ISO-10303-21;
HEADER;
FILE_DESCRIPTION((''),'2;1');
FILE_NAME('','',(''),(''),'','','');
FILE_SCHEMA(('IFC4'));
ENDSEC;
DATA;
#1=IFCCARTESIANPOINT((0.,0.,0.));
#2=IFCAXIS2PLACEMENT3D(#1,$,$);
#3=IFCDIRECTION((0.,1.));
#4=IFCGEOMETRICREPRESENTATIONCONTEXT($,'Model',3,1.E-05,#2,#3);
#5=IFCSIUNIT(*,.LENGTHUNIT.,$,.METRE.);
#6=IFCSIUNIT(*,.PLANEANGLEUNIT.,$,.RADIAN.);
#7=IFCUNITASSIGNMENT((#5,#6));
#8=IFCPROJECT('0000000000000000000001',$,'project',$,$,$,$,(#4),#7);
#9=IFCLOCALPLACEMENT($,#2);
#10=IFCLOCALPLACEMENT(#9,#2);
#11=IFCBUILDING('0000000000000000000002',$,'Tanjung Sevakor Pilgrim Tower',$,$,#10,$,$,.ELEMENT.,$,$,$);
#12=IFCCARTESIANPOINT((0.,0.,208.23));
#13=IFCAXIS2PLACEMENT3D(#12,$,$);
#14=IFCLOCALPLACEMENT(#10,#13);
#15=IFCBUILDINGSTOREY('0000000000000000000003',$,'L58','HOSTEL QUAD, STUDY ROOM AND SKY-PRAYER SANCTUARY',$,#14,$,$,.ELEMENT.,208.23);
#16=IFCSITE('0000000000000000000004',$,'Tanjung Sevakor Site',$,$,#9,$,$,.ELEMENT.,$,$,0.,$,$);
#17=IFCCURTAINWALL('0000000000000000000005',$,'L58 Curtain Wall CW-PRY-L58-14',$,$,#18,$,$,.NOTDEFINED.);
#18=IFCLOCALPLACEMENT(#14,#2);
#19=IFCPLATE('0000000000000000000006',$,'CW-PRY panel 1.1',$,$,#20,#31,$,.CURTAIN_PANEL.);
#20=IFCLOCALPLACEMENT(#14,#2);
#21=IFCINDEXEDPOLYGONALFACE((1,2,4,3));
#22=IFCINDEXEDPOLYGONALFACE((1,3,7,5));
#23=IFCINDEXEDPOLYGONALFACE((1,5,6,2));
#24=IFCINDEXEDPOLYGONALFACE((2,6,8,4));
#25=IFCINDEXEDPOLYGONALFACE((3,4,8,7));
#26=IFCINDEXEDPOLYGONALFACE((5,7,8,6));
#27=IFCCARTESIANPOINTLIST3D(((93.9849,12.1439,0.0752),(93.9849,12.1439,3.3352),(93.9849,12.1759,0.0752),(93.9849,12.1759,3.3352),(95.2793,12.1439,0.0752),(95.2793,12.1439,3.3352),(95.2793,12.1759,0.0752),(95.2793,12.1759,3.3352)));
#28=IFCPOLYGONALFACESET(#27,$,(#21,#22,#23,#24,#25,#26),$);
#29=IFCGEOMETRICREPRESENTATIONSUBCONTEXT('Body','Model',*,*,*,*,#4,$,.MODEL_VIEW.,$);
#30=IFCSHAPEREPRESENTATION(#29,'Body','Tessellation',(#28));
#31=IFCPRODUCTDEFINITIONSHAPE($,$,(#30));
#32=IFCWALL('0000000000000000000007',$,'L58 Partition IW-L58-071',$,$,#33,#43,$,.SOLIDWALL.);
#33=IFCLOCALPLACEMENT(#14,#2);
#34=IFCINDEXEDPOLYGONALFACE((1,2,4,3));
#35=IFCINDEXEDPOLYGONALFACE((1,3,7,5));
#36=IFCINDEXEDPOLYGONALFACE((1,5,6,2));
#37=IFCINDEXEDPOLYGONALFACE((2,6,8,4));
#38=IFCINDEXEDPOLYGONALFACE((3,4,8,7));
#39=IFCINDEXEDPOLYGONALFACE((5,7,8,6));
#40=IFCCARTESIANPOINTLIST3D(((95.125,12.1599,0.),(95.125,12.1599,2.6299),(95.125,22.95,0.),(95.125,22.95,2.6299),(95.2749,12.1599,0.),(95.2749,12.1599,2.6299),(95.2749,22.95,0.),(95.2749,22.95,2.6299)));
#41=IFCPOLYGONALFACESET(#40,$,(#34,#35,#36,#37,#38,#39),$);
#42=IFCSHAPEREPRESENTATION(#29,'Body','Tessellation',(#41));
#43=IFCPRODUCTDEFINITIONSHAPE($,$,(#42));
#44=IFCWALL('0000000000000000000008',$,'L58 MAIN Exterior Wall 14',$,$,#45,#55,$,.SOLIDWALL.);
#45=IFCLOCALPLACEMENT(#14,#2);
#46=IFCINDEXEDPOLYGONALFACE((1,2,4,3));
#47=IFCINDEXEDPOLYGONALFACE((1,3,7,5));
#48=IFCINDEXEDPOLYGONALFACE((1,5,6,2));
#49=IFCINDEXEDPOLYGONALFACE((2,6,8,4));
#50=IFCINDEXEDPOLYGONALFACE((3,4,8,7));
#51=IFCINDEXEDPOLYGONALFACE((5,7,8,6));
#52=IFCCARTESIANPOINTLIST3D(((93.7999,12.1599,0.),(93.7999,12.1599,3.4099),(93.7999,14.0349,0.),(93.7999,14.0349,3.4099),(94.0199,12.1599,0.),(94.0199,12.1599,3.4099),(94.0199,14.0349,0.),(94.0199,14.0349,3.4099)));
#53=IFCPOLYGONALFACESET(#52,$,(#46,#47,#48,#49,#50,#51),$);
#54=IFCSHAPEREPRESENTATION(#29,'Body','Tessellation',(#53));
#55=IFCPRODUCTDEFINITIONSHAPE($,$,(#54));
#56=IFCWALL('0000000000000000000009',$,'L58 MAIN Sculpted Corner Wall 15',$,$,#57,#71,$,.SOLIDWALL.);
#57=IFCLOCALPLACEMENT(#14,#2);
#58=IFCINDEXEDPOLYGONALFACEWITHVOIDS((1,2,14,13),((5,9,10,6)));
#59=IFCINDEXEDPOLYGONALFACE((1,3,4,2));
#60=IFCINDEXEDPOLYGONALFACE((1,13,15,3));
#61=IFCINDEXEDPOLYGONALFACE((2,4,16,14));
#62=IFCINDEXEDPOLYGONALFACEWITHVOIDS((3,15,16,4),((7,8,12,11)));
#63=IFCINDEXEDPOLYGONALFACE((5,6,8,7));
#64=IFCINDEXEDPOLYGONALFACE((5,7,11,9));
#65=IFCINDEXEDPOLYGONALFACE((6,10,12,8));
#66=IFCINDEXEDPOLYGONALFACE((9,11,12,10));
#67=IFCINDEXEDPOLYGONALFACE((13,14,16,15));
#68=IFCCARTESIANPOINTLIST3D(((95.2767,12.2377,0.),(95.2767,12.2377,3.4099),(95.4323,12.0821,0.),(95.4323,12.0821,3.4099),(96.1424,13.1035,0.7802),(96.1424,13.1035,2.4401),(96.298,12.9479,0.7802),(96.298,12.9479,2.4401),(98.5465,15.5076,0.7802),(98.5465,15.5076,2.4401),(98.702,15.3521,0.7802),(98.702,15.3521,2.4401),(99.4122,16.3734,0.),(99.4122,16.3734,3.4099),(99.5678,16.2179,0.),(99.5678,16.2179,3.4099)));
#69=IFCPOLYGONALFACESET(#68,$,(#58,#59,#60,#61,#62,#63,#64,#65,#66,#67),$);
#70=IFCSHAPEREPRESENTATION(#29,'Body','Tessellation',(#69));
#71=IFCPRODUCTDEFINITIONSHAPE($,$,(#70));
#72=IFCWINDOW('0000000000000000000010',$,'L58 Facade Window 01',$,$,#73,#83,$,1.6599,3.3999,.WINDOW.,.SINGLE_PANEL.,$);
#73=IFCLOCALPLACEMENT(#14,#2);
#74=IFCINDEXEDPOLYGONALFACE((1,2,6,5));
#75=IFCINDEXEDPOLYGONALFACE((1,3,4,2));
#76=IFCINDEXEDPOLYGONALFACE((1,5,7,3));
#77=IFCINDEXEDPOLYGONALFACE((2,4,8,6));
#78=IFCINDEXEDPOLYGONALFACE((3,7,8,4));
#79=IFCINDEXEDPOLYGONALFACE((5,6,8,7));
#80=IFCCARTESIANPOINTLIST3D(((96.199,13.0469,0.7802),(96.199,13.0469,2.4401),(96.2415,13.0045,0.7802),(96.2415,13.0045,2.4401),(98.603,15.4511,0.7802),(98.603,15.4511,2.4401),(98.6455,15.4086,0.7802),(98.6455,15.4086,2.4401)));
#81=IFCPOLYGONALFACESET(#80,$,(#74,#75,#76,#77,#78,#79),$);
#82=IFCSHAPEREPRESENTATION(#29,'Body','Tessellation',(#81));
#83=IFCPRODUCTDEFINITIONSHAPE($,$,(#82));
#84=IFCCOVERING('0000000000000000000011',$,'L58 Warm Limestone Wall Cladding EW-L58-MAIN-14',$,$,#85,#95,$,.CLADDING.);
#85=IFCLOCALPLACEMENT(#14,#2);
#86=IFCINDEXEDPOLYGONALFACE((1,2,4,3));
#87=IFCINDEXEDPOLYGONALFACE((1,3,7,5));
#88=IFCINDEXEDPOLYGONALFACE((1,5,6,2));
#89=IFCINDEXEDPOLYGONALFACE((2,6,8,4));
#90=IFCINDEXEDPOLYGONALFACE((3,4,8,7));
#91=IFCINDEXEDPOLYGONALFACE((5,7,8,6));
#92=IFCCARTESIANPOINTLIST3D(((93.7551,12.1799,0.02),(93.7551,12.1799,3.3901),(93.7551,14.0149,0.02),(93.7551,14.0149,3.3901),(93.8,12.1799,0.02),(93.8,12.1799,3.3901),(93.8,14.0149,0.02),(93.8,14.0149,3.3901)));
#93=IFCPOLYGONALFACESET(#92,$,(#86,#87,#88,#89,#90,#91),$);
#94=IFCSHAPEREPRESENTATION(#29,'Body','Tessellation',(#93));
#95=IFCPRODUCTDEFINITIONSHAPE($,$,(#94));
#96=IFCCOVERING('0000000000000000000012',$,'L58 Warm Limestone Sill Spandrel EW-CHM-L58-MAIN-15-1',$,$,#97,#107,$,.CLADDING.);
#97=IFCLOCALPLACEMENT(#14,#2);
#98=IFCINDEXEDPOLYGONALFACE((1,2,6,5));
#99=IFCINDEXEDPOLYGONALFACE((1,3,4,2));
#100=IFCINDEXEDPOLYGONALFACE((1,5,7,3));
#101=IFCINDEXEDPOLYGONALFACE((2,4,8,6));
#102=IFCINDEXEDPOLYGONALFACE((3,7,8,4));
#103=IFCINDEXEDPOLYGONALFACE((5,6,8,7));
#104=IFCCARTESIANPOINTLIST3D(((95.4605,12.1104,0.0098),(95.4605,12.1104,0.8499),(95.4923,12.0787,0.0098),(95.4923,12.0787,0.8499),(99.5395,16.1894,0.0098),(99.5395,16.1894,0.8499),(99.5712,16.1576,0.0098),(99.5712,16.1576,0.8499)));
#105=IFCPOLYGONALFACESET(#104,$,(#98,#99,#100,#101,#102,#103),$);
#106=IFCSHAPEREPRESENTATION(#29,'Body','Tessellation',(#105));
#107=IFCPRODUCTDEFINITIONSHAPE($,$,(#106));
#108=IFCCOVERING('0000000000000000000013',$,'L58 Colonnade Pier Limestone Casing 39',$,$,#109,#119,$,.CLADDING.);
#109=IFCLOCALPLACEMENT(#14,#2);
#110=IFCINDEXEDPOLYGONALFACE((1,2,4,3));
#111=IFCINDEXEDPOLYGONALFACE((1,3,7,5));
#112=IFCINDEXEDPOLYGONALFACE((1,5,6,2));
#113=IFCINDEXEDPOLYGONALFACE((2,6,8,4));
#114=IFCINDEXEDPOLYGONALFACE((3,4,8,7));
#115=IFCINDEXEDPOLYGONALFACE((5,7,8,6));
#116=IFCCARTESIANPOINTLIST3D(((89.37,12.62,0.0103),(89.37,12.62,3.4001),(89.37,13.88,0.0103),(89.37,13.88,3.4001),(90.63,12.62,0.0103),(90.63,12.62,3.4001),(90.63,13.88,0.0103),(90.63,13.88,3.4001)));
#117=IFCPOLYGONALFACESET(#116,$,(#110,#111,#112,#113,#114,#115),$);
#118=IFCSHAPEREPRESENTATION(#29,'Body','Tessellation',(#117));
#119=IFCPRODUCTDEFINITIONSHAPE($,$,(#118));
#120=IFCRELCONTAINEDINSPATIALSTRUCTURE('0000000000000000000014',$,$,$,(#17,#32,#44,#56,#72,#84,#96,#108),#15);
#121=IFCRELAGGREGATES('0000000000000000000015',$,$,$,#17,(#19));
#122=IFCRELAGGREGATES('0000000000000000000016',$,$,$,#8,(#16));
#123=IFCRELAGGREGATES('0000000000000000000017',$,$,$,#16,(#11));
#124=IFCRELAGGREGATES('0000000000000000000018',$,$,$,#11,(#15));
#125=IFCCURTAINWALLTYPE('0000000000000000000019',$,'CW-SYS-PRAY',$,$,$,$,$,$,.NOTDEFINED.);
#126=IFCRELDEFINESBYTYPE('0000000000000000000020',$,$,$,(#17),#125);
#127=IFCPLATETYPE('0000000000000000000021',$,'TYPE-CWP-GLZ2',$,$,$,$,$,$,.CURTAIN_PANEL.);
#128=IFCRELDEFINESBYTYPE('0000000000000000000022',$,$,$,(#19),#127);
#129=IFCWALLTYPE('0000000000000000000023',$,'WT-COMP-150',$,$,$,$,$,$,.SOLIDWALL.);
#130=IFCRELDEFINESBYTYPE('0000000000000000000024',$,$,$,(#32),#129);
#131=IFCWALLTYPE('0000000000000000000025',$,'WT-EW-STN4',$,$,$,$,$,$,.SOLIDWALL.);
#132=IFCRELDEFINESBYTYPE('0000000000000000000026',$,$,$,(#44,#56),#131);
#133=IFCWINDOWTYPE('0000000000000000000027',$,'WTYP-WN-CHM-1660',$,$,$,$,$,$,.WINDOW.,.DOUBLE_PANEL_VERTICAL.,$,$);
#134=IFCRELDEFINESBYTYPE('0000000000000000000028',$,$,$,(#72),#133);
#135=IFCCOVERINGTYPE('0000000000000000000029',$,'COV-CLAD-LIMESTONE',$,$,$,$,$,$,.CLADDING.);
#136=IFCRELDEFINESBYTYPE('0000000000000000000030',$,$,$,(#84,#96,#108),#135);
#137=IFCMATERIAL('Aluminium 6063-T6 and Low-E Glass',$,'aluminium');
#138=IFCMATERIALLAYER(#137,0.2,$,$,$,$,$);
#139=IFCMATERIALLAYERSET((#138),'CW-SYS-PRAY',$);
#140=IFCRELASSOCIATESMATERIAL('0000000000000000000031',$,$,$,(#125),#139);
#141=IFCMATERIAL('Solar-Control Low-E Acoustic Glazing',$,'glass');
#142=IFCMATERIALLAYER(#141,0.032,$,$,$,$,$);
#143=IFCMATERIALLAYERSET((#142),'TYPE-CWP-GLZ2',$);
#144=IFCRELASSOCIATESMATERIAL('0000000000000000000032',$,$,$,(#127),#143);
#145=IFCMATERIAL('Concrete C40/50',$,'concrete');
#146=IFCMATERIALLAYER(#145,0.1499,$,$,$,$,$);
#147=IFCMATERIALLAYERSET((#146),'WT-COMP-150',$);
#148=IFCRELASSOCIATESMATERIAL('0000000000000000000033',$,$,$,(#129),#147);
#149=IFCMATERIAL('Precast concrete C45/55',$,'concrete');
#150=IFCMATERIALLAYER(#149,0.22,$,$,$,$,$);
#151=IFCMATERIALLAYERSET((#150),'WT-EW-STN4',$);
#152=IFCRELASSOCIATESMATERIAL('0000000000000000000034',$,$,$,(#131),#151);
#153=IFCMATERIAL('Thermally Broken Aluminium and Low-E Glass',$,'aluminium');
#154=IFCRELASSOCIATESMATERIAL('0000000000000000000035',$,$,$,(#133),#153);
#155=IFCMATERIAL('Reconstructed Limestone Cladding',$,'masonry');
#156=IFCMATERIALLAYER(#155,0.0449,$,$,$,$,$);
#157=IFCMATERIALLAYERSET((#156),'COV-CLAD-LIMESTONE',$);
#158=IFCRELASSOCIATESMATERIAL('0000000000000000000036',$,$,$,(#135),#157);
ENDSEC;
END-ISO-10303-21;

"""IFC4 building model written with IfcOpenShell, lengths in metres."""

from ifc_helpers import new_model, si_unit, direction, frame, frame_2d, origin, origin_2d, place, context, subcontext, project, spatial, rectangle, extrude, material, layer, layer_set, type_object, element, fill, aggregate, save


model = new_model("IFC4")

# Units and contexts
model_context = context("Model", 3, precision=1e-05, world=origin(), true_north=direction((0.0, 1.0)))
body_context = subcontext(model_context, "Body", "Model", "MODEL_VIEW")
ifc_project = project(units=[si_unit("LENGTHUNIT", "METRE"), si_unit("PLANEANGLEUNIT", "RADIAN")], contexts=[model_context])

# Site, building, storey
site_placement = place(None, origin())
site = spatial("IfcSite", under=ifc_project, at=site_placement, Name="Tanjung Sevakor Site", CompositionType="ELEMENT", RefElevation=0.0)
building_placement = place(site_placement, origin())
building = spatial("IfcBuilding", under=site, at=building_placement, Name="Tanjung Sevakor Pilgrim Tower", CompositionType="ELEMENT")
storey_placement = place(building_placement, frame((0.0, 0.0, 208.23)))
storey = spatial("IfcBuildingStorey", under=building, at=storey_placement, Name="L58", Description="HOSTEL QUAD, STUDY ROOM AND SKY-PRAYER SANCTUARY", CompositionType="ELEMENT", Elevation=208.23)

# Shared definitions
ifc_material_1 = material(Name="Aluminium 6063-T6 and Low-E Glass", Category="aluminium")
ifc_layer_1 = layer(ifc_material_1, 0.2)
ifc_layer_set_1 = layer_set([ifc_layer_1], Name="CW-SYS-PRAY")
curtain_wall_type = type_object("IfcCurtainWallType", Name="CW-SYS-PRAY", PredefinedType="NOTDEFINED", material=ifc_layer_set_1)

# Curtain wall
curtain_wall_1_placement = place(storey_placement, origin())
curtain_wall_1 = element("IfcCurtainWall", 1, at=curtain_wall_1_placement, inside=storey, type_object=curtain_wall_type, Name="L58 Curtain Wall CW-PRY-L58-14", PredefinedType="NOTDEFINED")

# Plate
ifc_material_2 = material(Name="Solar-Control Low-E Acoustic Glazing", Category="glass")
ifc_layer_2 = layer(ifc_material_2, 0.032)
ifc_layer_set_2 = layer_set([ifc_layer_2], Name="TYPE-CWP-GLZ2")
plate_type = type_object("IfcPlateType", Name="TYPE-CWP-GLZ2", PredefinedType="CURTAIN_PANEL", material=ifc_layer_set_2)
plate_1_placement = place(storey_placement, frame((94.6321, 12.1599, 0.0752), z_axis=(0.0, 0.0, 1.0), x_axis=(1.0, 0.0, 0.0)))
plate_1 = element("IfcPlate", 2, at=plate_1_placement, type_object=plate_type, Name="CW-PRY panel 1.1", PredefinedType="CURTAIN_PANEL", context=body_context, shape_type="SweptSolid", body=[
    extrude(rectangle(XDim=1.2944, YDim=0.032, at=origin_2d()), origin(), (0.0, 0.0, 1.0), 3.26),
])
aggregate(curtain_wall_1, [plate_1])

# Walls
ifc_material_3 = material(Name="Concrete C40/50", Category="concrete")
ifc_layer_3 = layer(ifc_material_3, 0.1499)
ifc_layer_set_3 = layer_set([ifc_layer_3], Name="WT-COMP-150")
wall_type_1 = type_object("IfcWallType", Name="WT-COMP-150", PredefinedType="SOLIDWALL", material=ifc_layer_set_3)
wall_1_placement = place(storey_placement, frame((95.2, 12.1599, 0.0), z_axis=(0.0, 0.0, 1.0), x_axis=(0.0, 1.0, 0.0)))
element("IfcWall", 3, at=wall_1_placement, inside=storey, type_object=wall_type_1, Name="L58 Partition IW-L58-071", PredefinedType="SOLIDWALL", context=body_context, shape_type="SweptSolid", body=[
    extrude(rectangle(XDim=10.79, YDim=0.1499, at=frame_2d((5.395, 0.0))), origin(), (0.0, 0.0, 1.0), 2.6299),
])
ifc_material_4 = material(Name="Precast concrete C45/55", Category="concrete")
ifc_layer_4 = layer(ifc_material_4, 0.22)
ifc_layer_set_4 = layer_set([ifc_layer_4], Name="WT-EW-STN4")
wall_type_2 = type_object("IfcWallType", Name="WT-EW-STN4", PredefinedType="SOLIDWALL", material=ifc_layer_set_4)
wall_2_placement = place(storey_placement, frame((93.9099, 14.0349, 0.0), z_axis=(0.0, 0.0, 1.0), x_axis=(0.0, -1.0, 0.0)))
element("IfcWall", 4, at=wall_2_placement, inside=storey, type_object=wall_type_2, Name="L58 MAIN Exterior Wall 14", PredefinedType="SOLIDWALL", context=body_context, shape_type="SweptSolid", body=[
    extrude(rectangle(XDim=1.875, YDim=0.22, at=frame_2d((0.9375, 0.0))), origin(), (0.0, 0.0, 1.0), 3.4099),
])

# Wall, opening, window
wall_3_placement = place(storey_placement, frame((95.3545, 12.1599, 0.0), z_axis=(0.0, 0.0, 1.0), x_axis=(0.707086, 0.707128, 0.0)))
wall_3 = element("IfcWall", 5, at=wall_3_placement, inside=storey, type_object=wall_type_2, Name="L58 MAIN Sculpted Corner Wall 15", PredefinedType="SOLIDWALL", context=body_context, shape_type="SweptSolid", body=[
    extrude(rectangle(XDim=5.8486, YDim=0.22, at=frame_2d((2.9243, 0.0))), origin(), (0.0, 0.0, 1.0), 3.4099),
])
opening_placement = place(wall_3_placement, frame((1.2244, 0.0, 0.78)))
opening = element("IfcOpeningElement", 6, at=opening_placement, cuts=wall_3, PredefinedType="OPENING", context=body_context, shape_type="SweptSolid", body=[
    extrude(rectangle(XDim=3.3999, YDim=1.6599, at=frame_2d((1.7, 0.8301))), frame((0.0, 0.1199, 0.0), z_axis=(0.0, -1.0, 0.0), x_axis=(1.0, 0.0, 0.0)), (0.0, 0.0, 1.0), 0.24),
])
ifc_material_5 = material(Name="Thermally Broken Aluminium and Low-E Glass", Category="aluminium")
window_type = type_object("IfcWindowType", Name="WTYP-WN-CHM-1660", PartitioningType="DOUBLE_PANEL_VERTICAL", PredefinedType="WINDOW", material=ifc_material_5)
window_placement = place(opening_placement, origin())
window = element("IfcWindow", 7, at=window_placement, inside=storey, type_object=window_type, Name="L58 Facade Window 01", OverallHeight=1.6599, OverallWidth=3.3999, PartitioningType="SINGLE_PANEL", PredefinedType="WINDOW", context=body_context, shape_type="SweptSolid", body=[
    extrude(rectangle(XDim=3.3999, YDim=1.6599, at=frame_2d((1.7, 0.8301))), frame((0.0, 0.03, 0.0), z_axis=(0.0, -1.0, 0.0), x_axis=(1.0, 0.0, 0.0)), (0.0, 0.0, 1.0), 0.0601),
])
fill(opening, window)

# Coverings
ifc_material_6 = material(Name="Reconstructed Limestone Cladding", Category="masonry")
ifc_layer_5 = layer(ifc_material_6, 0.0449)
ifc_layer_set_5 = layer_set([ifc_layer_5], Name="COV-CLAD-LIMESTONE")
covering_type = type_object("IfcCoveringType", Name="COV-CLAD-LIMESTONE", PredefinedType="CLADDING", material=ifc_layer_set_5)
covering_1_placement = place(storey_placement, frame((93.7776, 13.0974, 0.02), z_axis=(0.0, 0.0, 1.0), x_axis=(0.0, -1.0, 0.0)))
element("IfcCovering", 8, at=covering_1_placement, inside=storey, type_object=covering_type, Name="L58 Warm Limestone Wall Cladding EW-L58-MAIN-14", PredefinedType="CLADDING", context=body_context, shape_type="SweptSolid", body=[
    extrude(rectangle(XDim=1.835, YDim=0.0449, at=origin_2d()), origin(), (0.0, 0.0, 1.0), 3.3701),
])
covering_2_placement = place(storey_placement, frame((97.5159, 14.134, 0.0098), z_axis=(0.0, 0.0, 1.0), x_axis=(0.707107, 0.707107, 0.0)))
element("IfcCovering", 9, at=covering_2_placement, inside=storey, type_object=covering_type, Name="L58 Warm Limestone Sill Spandrel EW-CHM-L58-MAIN-15-1", PredefinedType="CLADDING", context=body_context, shape_type="SweptSolid", body=[
    extrude(rectangle(XDim=5.7686, YDim=0.0449, at=origin_2d()), origin(), (0.0, 0.0, 1.0), 0.8401),
])
covering_3_placement = place(storey_placement, frame((90.0, 13.25, 0.0103), z_axis=(0.0, 0.0, 1.0), x_axis=(1.0, 0.0, 0.0)))
element("IfcCovering", 10, at=covering_3_placement, inside=storey, type_object=covering_type, Name="L58 Colonnade Pier Limestone Casing 39", PredefinedType="CLADDING", context=body_context, shape_type="SweptSolid", body=[
    extrude(rectangle(XDim=1.26, YDim=1.26, at=origin_2d()), origin(), (0.0, 0.0, 1.0), 3.3899),
])

save(model, "model.ifc")
